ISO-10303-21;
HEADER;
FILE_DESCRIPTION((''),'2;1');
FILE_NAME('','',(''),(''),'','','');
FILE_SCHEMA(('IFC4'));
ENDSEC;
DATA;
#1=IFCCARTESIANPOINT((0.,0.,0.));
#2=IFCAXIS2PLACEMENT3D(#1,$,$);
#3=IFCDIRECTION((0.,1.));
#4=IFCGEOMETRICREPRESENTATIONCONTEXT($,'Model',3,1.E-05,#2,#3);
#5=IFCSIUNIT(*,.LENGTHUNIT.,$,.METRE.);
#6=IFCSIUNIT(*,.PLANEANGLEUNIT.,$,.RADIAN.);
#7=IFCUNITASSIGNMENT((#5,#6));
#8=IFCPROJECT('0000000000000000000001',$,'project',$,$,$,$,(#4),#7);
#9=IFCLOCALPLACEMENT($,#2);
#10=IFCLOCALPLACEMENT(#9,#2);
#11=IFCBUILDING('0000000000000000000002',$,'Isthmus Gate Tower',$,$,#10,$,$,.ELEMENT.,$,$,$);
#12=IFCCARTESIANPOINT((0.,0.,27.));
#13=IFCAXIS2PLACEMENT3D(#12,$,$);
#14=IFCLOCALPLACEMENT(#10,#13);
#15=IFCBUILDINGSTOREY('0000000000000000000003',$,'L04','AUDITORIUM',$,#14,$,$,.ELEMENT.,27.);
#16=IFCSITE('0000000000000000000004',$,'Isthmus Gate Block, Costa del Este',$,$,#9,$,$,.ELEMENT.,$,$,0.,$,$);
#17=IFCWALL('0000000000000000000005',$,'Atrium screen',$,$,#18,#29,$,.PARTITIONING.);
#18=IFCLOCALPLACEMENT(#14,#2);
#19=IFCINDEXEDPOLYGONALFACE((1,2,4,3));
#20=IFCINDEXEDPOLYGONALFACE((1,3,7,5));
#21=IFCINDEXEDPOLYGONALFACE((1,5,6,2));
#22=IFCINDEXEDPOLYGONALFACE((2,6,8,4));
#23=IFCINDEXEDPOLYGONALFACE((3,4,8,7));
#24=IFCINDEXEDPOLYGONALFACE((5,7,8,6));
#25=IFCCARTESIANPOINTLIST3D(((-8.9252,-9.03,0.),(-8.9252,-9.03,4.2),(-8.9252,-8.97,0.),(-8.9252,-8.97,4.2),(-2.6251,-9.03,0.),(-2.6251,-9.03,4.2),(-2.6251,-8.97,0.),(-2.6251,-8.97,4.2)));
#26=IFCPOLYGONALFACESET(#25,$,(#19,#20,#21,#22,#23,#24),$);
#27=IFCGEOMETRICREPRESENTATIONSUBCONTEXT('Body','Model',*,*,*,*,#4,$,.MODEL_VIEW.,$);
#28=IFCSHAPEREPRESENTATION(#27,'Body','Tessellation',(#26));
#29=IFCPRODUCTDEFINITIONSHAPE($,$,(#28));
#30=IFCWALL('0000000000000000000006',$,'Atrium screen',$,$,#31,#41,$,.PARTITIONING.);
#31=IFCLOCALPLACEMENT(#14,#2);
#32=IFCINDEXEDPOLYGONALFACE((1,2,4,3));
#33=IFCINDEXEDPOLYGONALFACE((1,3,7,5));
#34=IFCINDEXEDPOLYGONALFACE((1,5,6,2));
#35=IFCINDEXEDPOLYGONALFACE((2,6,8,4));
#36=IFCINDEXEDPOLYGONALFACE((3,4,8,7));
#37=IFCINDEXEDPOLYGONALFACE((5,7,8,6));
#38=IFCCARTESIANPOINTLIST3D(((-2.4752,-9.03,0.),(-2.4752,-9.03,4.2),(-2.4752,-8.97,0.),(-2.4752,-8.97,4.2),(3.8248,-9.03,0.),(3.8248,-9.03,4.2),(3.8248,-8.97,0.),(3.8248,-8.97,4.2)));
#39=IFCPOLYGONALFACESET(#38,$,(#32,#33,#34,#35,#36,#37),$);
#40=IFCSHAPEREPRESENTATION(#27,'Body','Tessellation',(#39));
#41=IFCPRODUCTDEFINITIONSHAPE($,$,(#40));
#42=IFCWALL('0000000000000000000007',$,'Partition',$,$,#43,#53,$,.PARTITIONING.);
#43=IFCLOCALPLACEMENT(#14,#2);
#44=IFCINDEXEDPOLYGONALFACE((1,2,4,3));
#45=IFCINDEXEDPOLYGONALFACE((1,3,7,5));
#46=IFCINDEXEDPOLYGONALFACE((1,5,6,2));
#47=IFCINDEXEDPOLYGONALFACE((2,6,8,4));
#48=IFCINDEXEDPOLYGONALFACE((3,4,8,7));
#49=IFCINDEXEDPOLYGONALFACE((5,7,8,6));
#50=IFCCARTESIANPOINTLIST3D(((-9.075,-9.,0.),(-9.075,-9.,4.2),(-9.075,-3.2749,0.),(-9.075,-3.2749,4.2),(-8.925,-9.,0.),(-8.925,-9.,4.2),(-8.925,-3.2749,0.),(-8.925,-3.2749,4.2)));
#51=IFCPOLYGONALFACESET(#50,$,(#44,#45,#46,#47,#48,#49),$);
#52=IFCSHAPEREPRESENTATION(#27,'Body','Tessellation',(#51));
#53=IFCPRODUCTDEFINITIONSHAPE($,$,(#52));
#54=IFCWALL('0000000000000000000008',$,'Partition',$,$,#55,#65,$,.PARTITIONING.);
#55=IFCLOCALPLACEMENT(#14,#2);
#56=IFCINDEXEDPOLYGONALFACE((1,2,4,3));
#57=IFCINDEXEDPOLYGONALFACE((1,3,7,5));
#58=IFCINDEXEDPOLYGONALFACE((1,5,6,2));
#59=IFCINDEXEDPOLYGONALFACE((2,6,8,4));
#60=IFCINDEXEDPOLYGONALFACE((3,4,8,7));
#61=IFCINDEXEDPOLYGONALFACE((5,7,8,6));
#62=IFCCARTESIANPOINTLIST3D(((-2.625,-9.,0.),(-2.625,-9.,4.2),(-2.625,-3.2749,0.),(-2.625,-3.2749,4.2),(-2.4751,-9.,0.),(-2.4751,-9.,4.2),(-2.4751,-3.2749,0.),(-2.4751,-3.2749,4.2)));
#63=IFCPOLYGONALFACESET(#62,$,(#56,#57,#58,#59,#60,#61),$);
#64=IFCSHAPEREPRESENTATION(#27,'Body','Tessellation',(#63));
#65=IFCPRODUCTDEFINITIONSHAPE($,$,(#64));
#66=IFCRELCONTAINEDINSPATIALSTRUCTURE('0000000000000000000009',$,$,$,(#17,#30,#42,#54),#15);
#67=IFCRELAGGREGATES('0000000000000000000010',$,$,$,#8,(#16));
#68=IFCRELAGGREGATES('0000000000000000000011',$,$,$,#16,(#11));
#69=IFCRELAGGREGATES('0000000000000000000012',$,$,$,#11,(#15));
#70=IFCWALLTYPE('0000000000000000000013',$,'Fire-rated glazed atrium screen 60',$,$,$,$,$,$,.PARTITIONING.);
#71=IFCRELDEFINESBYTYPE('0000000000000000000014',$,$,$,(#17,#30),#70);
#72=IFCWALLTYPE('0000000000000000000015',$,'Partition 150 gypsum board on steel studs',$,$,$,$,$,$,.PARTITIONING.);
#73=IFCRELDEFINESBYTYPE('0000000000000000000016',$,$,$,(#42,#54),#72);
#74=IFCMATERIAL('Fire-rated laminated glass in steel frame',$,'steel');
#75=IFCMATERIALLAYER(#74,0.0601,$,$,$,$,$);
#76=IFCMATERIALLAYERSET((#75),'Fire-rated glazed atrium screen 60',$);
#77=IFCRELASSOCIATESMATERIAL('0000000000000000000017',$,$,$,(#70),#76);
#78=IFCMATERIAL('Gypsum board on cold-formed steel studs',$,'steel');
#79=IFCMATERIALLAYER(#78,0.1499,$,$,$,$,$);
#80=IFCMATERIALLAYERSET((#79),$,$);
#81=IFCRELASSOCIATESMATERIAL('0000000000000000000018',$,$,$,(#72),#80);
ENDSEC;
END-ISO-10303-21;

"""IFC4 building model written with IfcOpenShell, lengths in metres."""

from ifc_helpers import new_model, si_unit, direction, frame, frame_2d, origin, place, context, subcontext, project, spatial, rectangle, extrude, material, layer, layer_set, type_object, element, save


model = new_model("IFC4")

# Units and contexts
model_context = context("Model", 3, precision=1e-05, world=origin(), true_north=direction((0.0, 1.0)))
body_context = subcontext(model_context, "Body", "Model", "MODEL_VIEW")
ifc_project = project(units=[si_unit("LENGTHUNIT", "METRE"), si_unit("PLANEANGLEUNIT", "RADIAN")], contexts=[model_context])

# Site, building, storey
site_placement = place(None, origin())
site = spatial("IfcSite", under=ifc_project, at=site_placement, Name="Isthmus Gate Block, Costa del Este", CompositionType="ELEMENT", RefElevation=0.0)
building_placement = place(site_placement, origin())
building = spatial("IfcBuilding", under=site, at=building_placement, Name="Isthmus Gate Tower", CompositionType="ELEMENT")
storey_placement = place(building_placement, frame((0.0, 0.0, 27.0)))
storey = spatial("IfcBuildingStorey", under=building, at=storey_placement, Name="L04", Description="AUDITORIUM", CompositionType="ELEMENT", Elevation=27.0)

# Walls
ifc_material_1 = material(Name="Fire-rated laminated glass in steel frame", Category="steel")
ifc_layer_1 = layer(ifc_material_1, 0.0601)
ifc_layer_set_1 = layer_set([ifc_layer_1], Name="Fire-rated glazed atrium screen 60")
wall_type_1 = type_object("IfcWallType", Name="Fire-rated glazed atrium screen 60", PredefinedType="PARTITIONING", material=ifc_layer_set_1)
for number, where, z_axis, x_axis, name in (
    (1, (-8.925, -9.0, 0.0), (0.0, 0.0, 1.0), (1.0, 0.0, 0.0), "Atrium screen"),
    (2, (-2.4751, -9.0, 0.0), (0.0, 0.0, 1.0), (1.0, 0.0, 0.0), "Atrium screen"),
):
    element("IfcWall", number, at=place(storey_placement, frame(where, z_axis=z_axis, x_axis=x_axis)), inside=storey, type_object=wall_type_1, Name=name, PredefinedType="PARTITIONING", context=body_context, shape_type="SweptSolid", body=[
        extrude(rectangle(XDim=6.3, YDim=0.0601, at=frame_2d((3.1499, 0.0))), origin(), (0.0, 0.0, 1.0), 4.2),
    ])
ifc_material_2 = material(Name="Gypsum board on cold-formed steel studs", Category="steel")
ifc_layer_2 = layer(ifc_material_2, 0.1499)
ifc_layer_set_2 = layer_set([ifc_layer_2])
wall_type_2 = type_object("IfcWallType", Name="Partition 150 gypsum board on steel studs", PredefinedType="PARTITIONING", material=ifc_layer_set_2)
for number, where, z_axis, x_axis, name in (
    (3, (-9.0, -9.0, 0.0), (0.0, 0.0, 1.0), (0.0, 1.0, 0.0), "Partition"),
    (4, (-2.55, -9.0, 0.0), (0.0, 0.0, 1.0), (0.0, 1.0, 0.0), "Partition"),
):
    element("IfcWall", number, at=place(storey_placement, frame(where, z_axis=z_axis, x_axis=x_axis)), inside=storey, type_object=wall_type_2, Name=name, PredefinedType="PARTITIONING", context=body_context, shape_type="SweptSolid", body=[
        extrude(rectangle(XDim=5.7251, YDim=0.1499, at=frame_2d((2.8625, 0.0))), origin(), (0.0, 0.0, 1.0), 4.2),
    ])

save(model, "model.ifc")
